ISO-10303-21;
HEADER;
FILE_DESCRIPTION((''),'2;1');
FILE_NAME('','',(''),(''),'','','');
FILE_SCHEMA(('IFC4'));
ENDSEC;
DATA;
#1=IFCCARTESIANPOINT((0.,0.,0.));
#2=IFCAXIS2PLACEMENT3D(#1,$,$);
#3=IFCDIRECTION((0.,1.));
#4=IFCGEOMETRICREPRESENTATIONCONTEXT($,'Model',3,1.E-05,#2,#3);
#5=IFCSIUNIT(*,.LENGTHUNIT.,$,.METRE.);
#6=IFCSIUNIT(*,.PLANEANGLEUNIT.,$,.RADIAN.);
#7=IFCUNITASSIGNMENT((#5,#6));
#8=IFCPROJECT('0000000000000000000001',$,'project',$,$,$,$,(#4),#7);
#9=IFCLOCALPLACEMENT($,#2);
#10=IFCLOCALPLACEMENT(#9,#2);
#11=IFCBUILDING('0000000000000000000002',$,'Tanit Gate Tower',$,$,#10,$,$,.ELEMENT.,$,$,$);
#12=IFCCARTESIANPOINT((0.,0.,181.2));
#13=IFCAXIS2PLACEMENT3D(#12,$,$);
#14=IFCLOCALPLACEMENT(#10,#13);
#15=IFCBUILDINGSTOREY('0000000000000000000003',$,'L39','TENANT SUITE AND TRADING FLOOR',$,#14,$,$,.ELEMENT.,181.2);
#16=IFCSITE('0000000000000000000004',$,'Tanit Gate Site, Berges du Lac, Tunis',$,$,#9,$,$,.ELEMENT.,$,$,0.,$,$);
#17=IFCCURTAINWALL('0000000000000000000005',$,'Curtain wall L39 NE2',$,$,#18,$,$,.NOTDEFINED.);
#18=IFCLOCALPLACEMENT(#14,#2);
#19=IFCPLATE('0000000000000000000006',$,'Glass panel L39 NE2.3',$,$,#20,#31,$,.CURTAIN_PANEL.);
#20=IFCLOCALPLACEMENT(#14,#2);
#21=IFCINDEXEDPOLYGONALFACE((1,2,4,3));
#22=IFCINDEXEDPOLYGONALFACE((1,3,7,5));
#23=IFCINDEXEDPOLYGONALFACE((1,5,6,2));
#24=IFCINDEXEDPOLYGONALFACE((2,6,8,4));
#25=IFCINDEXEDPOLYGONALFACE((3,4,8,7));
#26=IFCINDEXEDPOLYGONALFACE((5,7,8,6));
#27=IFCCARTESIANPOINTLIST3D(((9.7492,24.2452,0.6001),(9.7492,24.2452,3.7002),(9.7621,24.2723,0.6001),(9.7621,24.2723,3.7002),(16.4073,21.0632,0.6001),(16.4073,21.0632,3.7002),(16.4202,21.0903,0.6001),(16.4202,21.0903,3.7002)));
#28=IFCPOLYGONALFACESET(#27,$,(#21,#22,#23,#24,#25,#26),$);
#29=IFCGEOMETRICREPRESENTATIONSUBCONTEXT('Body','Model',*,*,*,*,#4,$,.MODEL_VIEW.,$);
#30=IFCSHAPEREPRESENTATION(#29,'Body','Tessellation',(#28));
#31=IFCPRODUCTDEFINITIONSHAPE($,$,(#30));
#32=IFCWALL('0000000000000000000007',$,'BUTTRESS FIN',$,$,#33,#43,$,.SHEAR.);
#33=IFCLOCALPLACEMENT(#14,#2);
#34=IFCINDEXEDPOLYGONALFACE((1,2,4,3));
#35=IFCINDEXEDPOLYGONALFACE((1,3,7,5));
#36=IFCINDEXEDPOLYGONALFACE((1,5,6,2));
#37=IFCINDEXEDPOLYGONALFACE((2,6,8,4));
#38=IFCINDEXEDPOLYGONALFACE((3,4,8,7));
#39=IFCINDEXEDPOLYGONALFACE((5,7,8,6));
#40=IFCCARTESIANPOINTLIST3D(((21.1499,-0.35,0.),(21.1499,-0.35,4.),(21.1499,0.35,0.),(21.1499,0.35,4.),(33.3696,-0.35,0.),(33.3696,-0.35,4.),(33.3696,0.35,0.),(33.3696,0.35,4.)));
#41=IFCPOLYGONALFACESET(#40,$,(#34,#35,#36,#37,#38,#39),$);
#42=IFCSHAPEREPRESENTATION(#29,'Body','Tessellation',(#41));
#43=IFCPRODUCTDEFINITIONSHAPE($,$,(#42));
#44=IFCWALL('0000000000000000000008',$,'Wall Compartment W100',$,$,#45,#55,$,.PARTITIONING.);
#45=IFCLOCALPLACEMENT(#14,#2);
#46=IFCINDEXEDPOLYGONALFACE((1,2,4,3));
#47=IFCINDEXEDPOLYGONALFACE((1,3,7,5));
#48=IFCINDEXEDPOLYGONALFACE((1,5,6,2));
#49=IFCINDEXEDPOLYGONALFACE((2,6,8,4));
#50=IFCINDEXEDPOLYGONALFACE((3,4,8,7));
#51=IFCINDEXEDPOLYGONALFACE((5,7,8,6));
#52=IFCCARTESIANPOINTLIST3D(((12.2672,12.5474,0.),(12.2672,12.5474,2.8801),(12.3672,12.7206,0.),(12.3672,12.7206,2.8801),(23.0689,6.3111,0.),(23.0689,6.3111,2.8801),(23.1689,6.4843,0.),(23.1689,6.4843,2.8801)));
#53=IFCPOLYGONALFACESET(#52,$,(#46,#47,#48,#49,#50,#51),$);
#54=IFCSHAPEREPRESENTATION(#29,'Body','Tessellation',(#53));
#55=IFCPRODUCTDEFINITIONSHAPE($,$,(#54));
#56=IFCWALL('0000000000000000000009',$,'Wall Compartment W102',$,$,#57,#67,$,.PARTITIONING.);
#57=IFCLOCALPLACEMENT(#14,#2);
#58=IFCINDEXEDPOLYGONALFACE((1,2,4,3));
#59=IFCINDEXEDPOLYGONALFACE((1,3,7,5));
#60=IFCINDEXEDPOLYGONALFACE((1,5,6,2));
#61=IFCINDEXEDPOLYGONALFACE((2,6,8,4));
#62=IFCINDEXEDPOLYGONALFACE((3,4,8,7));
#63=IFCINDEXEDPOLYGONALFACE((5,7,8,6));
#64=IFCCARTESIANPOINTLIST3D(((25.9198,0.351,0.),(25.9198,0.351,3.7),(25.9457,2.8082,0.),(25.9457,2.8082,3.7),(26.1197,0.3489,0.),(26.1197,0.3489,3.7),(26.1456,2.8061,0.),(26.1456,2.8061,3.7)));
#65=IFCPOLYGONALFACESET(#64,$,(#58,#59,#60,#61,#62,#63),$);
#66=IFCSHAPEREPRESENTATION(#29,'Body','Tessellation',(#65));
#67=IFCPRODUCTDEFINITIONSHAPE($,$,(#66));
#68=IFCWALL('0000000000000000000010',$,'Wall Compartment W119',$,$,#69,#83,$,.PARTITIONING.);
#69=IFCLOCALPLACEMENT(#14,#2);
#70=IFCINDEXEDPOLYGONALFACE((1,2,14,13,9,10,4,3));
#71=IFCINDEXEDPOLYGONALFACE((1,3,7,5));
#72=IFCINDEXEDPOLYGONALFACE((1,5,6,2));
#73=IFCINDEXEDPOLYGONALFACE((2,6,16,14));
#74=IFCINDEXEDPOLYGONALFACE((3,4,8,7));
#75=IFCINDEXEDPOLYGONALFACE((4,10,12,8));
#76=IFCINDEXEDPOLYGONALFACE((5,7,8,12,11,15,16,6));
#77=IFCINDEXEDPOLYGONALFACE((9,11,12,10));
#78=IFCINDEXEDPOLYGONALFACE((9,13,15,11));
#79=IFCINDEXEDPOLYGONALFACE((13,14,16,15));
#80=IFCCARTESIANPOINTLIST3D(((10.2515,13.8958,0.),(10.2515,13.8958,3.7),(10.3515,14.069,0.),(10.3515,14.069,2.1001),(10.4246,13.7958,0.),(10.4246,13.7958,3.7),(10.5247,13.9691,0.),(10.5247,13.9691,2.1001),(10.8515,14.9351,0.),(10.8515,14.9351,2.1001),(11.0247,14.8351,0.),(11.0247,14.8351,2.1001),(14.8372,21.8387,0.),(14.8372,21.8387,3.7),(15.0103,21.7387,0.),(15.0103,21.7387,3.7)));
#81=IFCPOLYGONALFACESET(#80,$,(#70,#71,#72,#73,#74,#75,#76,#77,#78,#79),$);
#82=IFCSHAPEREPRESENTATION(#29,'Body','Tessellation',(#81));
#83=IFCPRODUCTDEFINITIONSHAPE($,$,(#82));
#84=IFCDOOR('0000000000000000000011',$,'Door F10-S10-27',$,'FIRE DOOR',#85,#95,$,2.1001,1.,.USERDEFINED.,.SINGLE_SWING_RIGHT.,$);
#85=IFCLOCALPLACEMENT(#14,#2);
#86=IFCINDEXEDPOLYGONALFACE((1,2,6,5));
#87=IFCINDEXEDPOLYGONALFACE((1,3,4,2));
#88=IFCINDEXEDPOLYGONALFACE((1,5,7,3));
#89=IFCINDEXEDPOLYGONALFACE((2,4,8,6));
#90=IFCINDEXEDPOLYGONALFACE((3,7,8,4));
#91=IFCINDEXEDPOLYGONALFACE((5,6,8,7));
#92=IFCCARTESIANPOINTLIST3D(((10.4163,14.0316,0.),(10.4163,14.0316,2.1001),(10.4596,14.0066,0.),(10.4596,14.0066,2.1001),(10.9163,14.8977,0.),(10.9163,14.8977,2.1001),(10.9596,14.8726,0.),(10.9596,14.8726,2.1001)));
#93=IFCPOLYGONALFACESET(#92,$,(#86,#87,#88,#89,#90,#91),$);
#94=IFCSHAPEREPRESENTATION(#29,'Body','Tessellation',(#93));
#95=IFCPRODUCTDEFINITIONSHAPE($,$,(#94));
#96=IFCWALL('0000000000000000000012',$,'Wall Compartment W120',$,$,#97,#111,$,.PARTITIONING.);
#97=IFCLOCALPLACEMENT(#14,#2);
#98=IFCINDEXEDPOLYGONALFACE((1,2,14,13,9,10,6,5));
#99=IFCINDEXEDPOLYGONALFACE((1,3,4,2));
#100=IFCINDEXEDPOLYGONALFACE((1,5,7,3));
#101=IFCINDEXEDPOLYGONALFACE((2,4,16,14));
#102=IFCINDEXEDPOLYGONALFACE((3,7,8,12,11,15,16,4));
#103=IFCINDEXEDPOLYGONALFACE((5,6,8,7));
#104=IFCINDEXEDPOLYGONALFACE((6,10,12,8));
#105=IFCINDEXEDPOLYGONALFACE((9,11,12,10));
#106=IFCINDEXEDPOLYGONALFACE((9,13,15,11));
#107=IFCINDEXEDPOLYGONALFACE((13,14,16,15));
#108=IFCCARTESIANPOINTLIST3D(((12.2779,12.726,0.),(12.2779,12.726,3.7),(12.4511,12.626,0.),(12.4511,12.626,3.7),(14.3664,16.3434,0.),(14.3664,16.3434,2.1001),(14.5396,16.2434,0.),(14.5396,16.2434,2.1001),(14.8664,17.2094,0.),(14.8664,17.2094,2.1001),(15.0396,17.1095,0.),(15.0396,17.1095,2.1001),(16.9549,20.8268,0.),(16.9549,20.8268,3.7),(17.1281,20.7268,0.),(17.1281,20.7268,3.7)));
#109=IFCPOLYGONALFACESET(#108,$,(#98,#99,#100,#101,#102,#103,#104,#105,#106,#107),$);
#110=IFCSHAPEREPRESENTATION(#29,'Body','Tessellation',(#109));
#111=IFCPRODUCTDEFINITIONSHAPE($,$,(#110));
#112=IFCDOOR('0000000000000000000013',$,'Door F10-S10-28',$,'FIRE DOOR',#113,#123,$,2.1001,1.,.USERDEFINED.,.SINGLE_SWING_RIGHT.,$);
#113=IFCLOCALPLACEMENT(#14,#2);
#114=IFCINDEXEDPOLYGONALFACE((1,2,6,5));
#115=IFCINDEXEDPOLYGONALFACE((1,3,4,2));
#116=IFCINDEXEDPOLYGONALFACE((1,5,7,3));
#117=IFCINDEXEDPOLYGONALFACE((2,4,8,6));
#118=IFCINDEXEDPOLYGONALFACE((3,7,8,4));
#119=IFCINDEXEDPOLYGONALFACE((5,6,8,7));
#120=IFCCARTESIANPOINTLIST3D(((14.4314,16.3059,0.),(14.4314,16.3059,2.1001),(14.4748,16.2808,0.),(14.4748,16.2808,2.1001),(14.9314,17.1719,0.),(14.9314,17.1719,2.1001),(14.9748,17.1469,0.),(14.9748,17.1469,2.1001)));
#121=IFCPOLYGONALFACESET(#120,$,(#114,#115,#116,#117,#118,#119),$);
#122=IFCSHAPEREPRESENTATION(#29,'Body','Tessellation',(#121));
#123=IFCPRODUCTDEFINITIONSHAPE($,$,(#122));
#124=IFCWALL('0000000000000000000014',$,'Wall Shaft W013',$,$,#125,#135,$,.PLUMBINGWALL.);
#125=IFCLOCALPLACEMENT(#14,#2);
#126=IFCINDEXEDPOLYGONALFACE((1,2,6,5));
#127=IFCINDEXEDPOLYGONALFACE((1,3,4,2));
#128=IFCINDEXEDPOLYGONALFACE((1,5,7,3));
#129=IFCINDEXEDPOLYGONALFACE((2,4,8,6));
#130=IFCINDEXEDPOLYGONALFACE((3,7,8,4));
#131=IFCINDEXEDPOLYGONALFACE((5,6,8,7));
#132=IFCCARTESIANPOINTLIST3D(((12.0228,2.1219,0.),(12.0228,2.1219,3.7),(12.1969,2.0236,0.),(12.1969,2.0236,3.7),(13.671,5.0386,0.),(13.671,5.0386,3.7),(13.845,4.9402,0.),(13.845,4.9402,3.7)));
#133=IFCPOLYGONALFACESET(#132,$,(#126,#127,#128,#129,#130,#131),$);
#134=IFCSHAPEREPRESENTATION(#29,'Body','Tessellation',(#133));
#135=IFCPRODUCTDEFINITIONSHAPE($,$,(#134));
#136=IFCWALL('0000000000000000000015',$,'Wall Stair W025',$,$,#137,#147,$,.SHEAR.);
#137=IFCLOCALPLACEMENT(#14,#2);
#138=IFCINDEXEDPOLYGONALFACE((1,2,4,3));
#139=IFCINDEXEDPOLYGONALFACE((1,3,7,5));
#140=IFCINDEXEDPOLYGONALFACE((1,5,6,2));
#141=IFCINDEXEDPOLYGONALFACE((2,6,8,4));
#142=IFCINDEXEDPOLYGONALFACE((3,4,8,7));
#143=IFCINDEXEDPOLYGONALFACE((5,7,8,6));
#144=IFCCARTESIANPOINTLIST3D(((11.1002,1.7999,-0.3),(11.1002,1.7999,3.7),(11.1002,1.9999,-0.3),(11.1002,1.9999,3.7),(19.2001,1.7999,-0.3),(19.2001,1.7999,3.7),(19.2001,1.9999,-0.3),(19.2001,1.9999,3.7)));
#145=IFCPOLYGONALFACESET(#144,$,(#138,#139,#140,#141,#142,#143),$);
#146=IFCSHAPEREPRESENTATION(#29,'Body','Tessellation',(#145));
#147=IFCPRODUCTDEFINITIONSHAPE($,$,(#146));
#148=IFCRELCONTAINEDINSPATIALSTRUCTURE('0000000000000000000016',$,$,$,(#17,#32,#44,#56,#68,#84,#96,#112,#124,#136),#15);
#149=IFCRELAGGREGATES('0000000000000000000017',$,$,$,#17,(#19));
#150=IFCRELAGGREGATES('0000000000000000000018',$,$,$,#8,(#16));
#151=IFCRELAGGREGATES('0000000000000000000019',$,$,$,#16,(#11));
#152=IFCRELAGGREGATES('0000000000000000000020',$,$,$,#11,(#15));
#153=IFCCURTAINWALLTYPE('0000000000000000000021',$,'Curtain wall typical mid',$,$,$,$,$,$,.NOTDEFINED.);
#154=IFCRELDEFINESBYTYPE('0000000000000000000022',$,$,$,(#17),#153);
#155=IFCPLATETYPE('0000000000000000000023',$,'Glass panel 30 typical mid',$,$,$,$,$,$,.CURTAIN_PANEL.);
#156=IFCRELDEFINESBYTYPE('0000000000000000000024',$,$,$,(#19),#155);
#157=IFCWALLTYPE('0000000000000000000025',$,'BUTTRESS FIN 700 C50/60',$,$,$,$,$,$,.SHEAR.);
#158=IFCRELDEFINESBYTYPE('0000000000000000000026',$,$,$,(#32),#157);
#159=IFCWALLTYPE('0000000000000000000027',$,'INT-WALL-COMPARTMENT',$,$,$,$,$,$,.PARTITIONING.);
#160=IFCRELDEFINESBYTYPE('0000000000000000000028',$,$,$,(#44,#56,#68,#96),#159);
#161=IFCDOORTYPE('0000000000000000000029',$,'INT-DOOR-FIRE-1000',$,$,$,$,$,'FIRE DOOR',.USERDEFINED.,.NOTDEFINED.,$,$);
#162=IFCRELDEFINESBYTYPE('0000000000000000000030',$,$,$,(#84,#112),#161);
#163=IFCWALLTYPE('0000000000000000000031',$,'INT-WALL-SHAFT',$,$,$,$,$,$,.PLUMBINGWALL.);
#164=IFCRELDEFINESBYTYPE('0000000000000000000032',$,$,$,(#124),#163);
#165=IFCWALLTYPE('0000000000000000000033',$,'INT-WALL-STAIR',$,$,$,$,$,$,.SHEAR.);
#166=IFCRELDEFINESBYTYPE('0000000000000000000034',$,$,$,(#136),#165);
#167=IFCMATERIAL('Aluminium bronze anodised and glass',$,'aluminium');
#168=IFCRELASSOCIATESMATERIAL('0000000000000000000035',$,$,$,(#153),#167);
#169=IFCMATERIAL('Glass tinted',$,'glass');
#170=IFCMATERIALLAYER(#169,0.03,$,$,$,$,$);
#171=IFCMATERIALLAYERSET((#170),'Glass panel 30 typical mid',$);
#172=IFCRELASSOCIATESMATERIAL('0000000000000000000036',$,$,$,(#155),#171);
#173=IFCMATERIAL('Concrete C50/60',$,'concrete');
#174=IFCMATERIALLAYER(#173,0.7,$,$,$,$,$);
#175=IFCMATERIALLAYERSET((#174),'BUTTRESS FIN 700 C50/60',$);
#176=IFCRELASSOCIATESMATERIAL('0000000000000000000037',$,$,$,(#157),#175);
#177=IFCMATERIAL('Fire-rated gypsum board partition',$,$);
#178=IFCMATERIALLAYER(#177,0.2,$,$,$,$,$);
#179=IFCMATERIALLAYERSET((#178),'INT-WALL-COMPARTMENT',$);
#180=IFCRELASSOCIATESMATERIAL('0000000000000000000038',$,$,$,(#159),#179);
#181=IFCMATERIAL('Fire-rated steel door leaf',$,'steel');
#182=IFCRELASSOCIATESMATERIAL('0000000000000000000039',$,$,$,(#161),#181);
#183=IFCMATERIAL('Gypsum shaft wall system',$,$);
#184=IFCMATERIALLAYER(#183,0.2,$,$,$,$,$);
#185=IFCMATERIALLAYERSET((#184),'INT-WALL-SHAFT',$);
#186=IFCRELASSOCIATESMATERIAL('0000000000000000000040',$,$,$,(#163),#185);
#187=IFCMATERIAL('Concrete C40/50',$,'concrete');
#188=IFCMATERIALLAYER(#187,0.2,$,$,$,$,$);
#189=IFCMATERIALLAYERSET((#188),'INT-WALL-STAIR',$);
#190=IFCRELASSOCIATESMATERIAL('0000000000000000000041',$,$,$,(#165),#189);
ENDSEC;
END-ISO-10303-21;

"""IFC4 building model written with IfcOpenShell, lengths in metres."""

from ifc_helpers import new_model, si_unit, direction, frame, frame_2d, origin, origin_2d, place, context, subcontext, project, spatial, rectangle, extrude, material, layer, layer_set, type_object, element, fill, aggregate, save


model = new_model("IFC4")

# Units and contexts
model_context = context("Model", 3, precision=1e-05, world=origin(), true_north=direction((0.0, 1.0)))
body_context = subcontext(model_context, "Body", "Model", "MODEL_VIEW")
ifc_project = project(units=[si_unit("LENGTHUNIT", "METRE"), si_unit("PLANEANGLEUNIT", "RADIAN")], contexts=[model_context])

# Site, building, storey
site_placement = place(None, origin())
site = spatial("IfcSite", under=ifc_project, at=site_placement, Name="Tanit Gate Site, Berges du Lac, Tunis", CompositionType="ELEMENT", RefElevation=0.0)
building_placement = place(site_placement, origin())
building = spatial("IfcBuilding", under=site, at=building_placement, Name="Tanit Gate Tower", CompositionType="ELEMENT")
storey_placement = place(building_placement, frame((0.0, 0.0, 181.2)))
storey = spatial("IfcBuildingStorey", under=building, at=storey_placement, Name="L39", Description="TENANT SUITE AND TRADING FLOOR", CompositionType="ELEMENT", Elevation=181.2)

# Curtain wall
ifc_material_1 = material(Name="Aluminium bronze anodised and glass", Category="aluminium")
curtain_wall_type = type_object("IfcCurtainWallType", Name="Curtain wall typical mid", PredefinedType="NOTDEFINED", material=ifc_material_1)
curtain_wall_placement = place(storey_placement, origin())
curtain_wall = element("IfcCurtainWall", 1, at=curtain_wall_placement, inside=storey, type_object=curtain_wall_type, Name="Curtain wall L39 NE2", PredefinedType="NOTDEFINED")

# Plate
ifc_material_2 = material(Name="Glass tinted", Category="glass")
ifc_layer_1 = layer(ifc_material_2, 0.03)
ifc_layer_set_1 = layer_set([ifc_layer_1], Name="Glass panel 30 typical mid")
plate_type = type_object("IfcPlateType", Name="Glass panel 30 typical mid", PredefinedType="CURTAIN_PANEL", material=ifc_layer_set_1)
plate_1_placement = place(storey_placement, frame((13.0847, 22.6677, 0.6001), z_axis=(0.0, 0.0, 1.0), x_axis=(-0.902258, 0.431197, 0.0)))
plate_1 = element("IfcPlate", 2, at=plate_1_placement, type_object=plate_type, Name="Glass panel L39 NE2.3", PredefinedType="CURTAIN_PANEL", context=body_context, shape_type="SweptSolid", body=[
    extrude(rectangle(XDim=7.3794, YDim=0.03, at=origin_2d()), origin(), (0.0, 0.0, 1.0), 3.1001),
])
aggregate(curtain_wall, [plate_1])

# Wall
ifc_material_3 = material(Name="Concrete C50/60", Category="concrete")
ifc_layer_2 = layer(ifc_material_3, 0.7)
ifc_layer_set_2 = layer_set([ifc_layer_2], Name="BUTTRESS FIN 700 C50/60")
wall_type_1 = type_object("IfcWallType", Name="BUTTRESS FIN 700 C50/60", PredefinedType="SHEAR", material=ifc_layer_set_2)
wall_1_placement = place(storey_placement, frame((21.1499, 0.0, 0.0), z_axis=(0.0, 0.0, 1.0), x_axis=(1.0, 0.0, 0.0)))
element("IfcWall", 3, at=wall_1_placement, inside=storey, type_object=wall_type_1, Name="BUTTRESS FIN", PredefinedType="SHEAR", context=body_context, shape_type="SweptSolid", body=[
    extrude(rectangle(XDim=12.2197, YDim=0.7, at=frame_2d((6.1099, 0.0))), origin(), (0.0, 0.0, 1.0), 4.0),
])

# Walls
ifc_material_4 = material(Name="Fire-rated gypsum board partition")
ifc_layer_3 = layer(ifc_material_4, 0.2)
ifc_layer_set_3 = layer_set([ifc_layer_3], Name="INT-WALL-COMPARTMENT")
wall_type_2 = type_object("IfcWallType", Name="INT-WALL-COMPARTMENT", PredefinedType="PARTITIONING", material=ifc_layer_set_3)
wall_2_placement = place(storey_placement, frame((23.1189, 6.3977, 0.0), z_axis=(0.0, 0.0, 1.0), x_axis=(-0.866028, 0.499996, 0.0)))
element("IfcWall", 4, at=wall_2_placement, inside=storey, type_object=wall_type_2, Name="Wall Compartment W100", PredefinedType="PARTITIONING", context=body_context, shape_type="SweptSolid", body=[
    extrude(rectangle(XDim=12.4727, YDim=0.2, at=frame_2d((6.2363, 0.0))), origin(), (0.0, 0.0, 1.0), 2.8801),
])
wall_3_placement = place(storey_placement, frame((26.0198, 0.3501, 0.0), z_axis=(0.0, 0.0, 1.0), x_axis=(0.010532, 0.999945, 0.0)))
element("IfcWall", 5, at=wall_3_placement, inside=storey, type_object=wall_type_2, Name="Wall Compartment W102", PredefinedType="PARTITIONING", context=body_context, shape_type="SweptSolid", body=[
    extrude(rectangle(XDim=2.4573, YDim=0.2, at=frame_2d((1.2285, 0.0))), origin(), (0.0, 0.0, 1.0), 3.7),
])

# Walls, openings, doors
wall_4_placement = place(storey_placement, frame((14.9238, 21.7888, 0.0), z_axis=(0.0, 0.0, 1.0), x_axis=(-0.49999, -0.866031, 0.0)))
wall_4 = element("IfcWall", 6, at=wall_4_placement, inside=storey, type_object=wall_type_2, Name="Wall Compartment W119", PredefinedType="PARTITIONING", context=body_context, shape_type="SweptSolid", body=[
    extrude(rectangle(XDim=9.1716, YDim=0.2, at=frame_2d((4.5859, 0.0))), origin(), (0.0, 0.0, 1.0), 3.7),
])
opening_1_placement = place(wall_4_placement, frame((7.9717, 0.0, 0.0)))
opening_1 = element("IfcOpeningElement", 7, at=opening_1_placement, cuts=wall_4, PredefinedType="OPENING", context=body_context, shape_type="SweptSolid", body=[
    extrude(rectangle(XDim=1.0, YDim=2.1001, at=frame_2d((0.5, 1.05))), frame((0.0, 0.1099, 0.0), z_axis=(0.0, -1.0, 0.0), x_axis=(1.0, 0.0, 0.0)), (0.0, 0.0, 1.0), 0.22),
])
ifc_material_5 = material(Name="Fire-rated steel door leaf", Category="steel")
door_type_1 = type_object("IfcDoorType", Name="INT-DOOR-FIRE-1000", ElementType="FIRE DOOR", OperationType="NOTDEFINED", PredefinedType="USERDEFINED", material=ifc_material_5)
door_1_placement = place(opening_1_placement, origin())
door_1 = element("IfcDoor", 8, at=door_1_placement, inside=storey, type_object=door_type_1, Name="Door F10-S10-27", ObjectType="FIRE DOOR", OperationType="SINGLE_SWING_RIGHT", OverallHeight=2.1001, OverallWidth=1.0, PredefinedType="USERDEFINED", context=body_context, shape_type="SweptSolid", body=[
    extrude(rectangle(XDim=1.0, YDim=2.1001, at=frame_2d((0.5, 1.05))), frame((0.0, 0.0249, 0.0), z_axis=(0.0, -1.0, 0.0), x_axis=(1.0, 0.0, 0.0)), (0.0, 0.0, 1.0), 0.05),
])
fill(opening_1, door_1)
wall_5_placement = place(storey_placement, frame((12.3645, 12.676, 0.0), z_axis=(0.0, 0.0, 1.0), x_axis=(0.499999, 0.866026, 0.0)))
wall_5 = element("IfcWall", 9, at=wall_5_placement, inside=storey, type_object=wall_type_2, Name="Wall Compartment W120", PredefinedType="PARTITIONING", context=body_context, shape_type="SweptSolid", body=[
    extrude(rectangle(XDim=9.354, YDim=0.2, at=frame_2d((4.677, 0.0))), origin(), (0.0, 0.0, 1.0), 3.7),
])
opening_2_placement = place(wall_5_placement, frame((4.177, 0.0, 0.0)))
opening_2 = element("IfcOpeningElement", 10, at=opening_2_placement, cuts=wall_5, PredefinedType="OPENING", context=body_context, shape_type="SweptSolid", body=[
    extrude(rectangle(XDim=1.0, YDim=2.1001, at=frame_2d((0.5, 1.05))), frame((0.0, 0.1099, 0.0), z_axis=(0.0, -1.0, 0.0), x_axis=(1.0, 0.0, 0.0)), (0.0, 0.0, 1.0), 0.22),
])
door_2_placement = place(opening_2_placement, origin())
door_2 = element("IfcDoor", 11, at=door_2_placement, inside=storey, type_object=door_type_1, Name="Door F10-S10-28", ObjectType="FIRE DOOR", OperationType="SINGLE_SWING_RIGHT", OverallHeight=2.1001, OverallWidth=1.0, PredefinedType="USERDEFINED", context=body_context, shape_type="SweptSolid", body=[
    extrude(rectangle(XDim=1.0, YDim=2.1001, at=frame_2d((0.5, 1.05))), frame((0.0, 0.0249, 0.0), z_axis=(0.0, -1.0, 0.0), x_axis=(1.0, 0.0, 0.0)), (0.0, 0.0, 1.0), 0.05),
])
fill(opening_2, door_2)

# Walls
ifc_material_6 = material(Name="Gypsum shaft wall system")
ifc_layer_4 = layer(ifc_material_6, 0.2)
ifc_layer_set_4 = layer_set([ifc_layer_4], Name="INT-WALL-SHAFT")
wall_type_3 = type_object("IfcWallType", Name="INT-WALL-SHAFT", PredefinedType="PLUMBINGWALL", material=ifc_layer_set_4)
wall_6_placement = place(storey_placement, frame((12.1099, 2.0728, 0.0), z_axis=(0.0, 0.0, 1.0), x_axis=(0.491966, 0.870614, 0.0)))
element("IfcWall", 12, at=wall_6_placement, inside=storey, type_object=wall_type_3, Name="Wall Shaft W013", PredefinedType="PLUMBINGWALL", context=body_context, shape_type="SweptSolid", body=[
    extrude(rectangle(XDim=3.3501, YDim=0.2, at=frame_2d((1.675, 0.0))), origin(), (0.0, 0.0, 1.0), 3.7),
])
ifc_material_7 = material(Name="Concrete C40/50", Category="concrete")
ifc_layer_5 = layer(ifc_material_7, 0.2)
ifc_layer_set_5 = layer_set([ifc_layer_5], Name="INT-WALL-STAIR")
wall_type_4 = type_object("IfcWallType", Name="INT-WALL-STAIR", PredefinedType="SHEAR", material=ifc_layer_set_5)
wall_7_placement = place(storey_placement, frame((19.2, 1.8999, -0.3), z_axis=(0.0, 0.0, 1.0), x_axis=(-1.0, 0.0, 0.0)))
element("IfcWall", 13, at=wall_7_placement, inside=storey, type_object=wall_type_4, Name="Wall Stair W025", PredefinedType="SHEAR", context=body_context, shape_type="SweptSolid", body=[
    extrude(rectangle(XDim=8.0999, YDim=0.2, at=frame_2d((4.0498, 0.0))), origin(), (0.0, 0.0, 1.0), 4.0),
])

save(model, "model.ifc")
